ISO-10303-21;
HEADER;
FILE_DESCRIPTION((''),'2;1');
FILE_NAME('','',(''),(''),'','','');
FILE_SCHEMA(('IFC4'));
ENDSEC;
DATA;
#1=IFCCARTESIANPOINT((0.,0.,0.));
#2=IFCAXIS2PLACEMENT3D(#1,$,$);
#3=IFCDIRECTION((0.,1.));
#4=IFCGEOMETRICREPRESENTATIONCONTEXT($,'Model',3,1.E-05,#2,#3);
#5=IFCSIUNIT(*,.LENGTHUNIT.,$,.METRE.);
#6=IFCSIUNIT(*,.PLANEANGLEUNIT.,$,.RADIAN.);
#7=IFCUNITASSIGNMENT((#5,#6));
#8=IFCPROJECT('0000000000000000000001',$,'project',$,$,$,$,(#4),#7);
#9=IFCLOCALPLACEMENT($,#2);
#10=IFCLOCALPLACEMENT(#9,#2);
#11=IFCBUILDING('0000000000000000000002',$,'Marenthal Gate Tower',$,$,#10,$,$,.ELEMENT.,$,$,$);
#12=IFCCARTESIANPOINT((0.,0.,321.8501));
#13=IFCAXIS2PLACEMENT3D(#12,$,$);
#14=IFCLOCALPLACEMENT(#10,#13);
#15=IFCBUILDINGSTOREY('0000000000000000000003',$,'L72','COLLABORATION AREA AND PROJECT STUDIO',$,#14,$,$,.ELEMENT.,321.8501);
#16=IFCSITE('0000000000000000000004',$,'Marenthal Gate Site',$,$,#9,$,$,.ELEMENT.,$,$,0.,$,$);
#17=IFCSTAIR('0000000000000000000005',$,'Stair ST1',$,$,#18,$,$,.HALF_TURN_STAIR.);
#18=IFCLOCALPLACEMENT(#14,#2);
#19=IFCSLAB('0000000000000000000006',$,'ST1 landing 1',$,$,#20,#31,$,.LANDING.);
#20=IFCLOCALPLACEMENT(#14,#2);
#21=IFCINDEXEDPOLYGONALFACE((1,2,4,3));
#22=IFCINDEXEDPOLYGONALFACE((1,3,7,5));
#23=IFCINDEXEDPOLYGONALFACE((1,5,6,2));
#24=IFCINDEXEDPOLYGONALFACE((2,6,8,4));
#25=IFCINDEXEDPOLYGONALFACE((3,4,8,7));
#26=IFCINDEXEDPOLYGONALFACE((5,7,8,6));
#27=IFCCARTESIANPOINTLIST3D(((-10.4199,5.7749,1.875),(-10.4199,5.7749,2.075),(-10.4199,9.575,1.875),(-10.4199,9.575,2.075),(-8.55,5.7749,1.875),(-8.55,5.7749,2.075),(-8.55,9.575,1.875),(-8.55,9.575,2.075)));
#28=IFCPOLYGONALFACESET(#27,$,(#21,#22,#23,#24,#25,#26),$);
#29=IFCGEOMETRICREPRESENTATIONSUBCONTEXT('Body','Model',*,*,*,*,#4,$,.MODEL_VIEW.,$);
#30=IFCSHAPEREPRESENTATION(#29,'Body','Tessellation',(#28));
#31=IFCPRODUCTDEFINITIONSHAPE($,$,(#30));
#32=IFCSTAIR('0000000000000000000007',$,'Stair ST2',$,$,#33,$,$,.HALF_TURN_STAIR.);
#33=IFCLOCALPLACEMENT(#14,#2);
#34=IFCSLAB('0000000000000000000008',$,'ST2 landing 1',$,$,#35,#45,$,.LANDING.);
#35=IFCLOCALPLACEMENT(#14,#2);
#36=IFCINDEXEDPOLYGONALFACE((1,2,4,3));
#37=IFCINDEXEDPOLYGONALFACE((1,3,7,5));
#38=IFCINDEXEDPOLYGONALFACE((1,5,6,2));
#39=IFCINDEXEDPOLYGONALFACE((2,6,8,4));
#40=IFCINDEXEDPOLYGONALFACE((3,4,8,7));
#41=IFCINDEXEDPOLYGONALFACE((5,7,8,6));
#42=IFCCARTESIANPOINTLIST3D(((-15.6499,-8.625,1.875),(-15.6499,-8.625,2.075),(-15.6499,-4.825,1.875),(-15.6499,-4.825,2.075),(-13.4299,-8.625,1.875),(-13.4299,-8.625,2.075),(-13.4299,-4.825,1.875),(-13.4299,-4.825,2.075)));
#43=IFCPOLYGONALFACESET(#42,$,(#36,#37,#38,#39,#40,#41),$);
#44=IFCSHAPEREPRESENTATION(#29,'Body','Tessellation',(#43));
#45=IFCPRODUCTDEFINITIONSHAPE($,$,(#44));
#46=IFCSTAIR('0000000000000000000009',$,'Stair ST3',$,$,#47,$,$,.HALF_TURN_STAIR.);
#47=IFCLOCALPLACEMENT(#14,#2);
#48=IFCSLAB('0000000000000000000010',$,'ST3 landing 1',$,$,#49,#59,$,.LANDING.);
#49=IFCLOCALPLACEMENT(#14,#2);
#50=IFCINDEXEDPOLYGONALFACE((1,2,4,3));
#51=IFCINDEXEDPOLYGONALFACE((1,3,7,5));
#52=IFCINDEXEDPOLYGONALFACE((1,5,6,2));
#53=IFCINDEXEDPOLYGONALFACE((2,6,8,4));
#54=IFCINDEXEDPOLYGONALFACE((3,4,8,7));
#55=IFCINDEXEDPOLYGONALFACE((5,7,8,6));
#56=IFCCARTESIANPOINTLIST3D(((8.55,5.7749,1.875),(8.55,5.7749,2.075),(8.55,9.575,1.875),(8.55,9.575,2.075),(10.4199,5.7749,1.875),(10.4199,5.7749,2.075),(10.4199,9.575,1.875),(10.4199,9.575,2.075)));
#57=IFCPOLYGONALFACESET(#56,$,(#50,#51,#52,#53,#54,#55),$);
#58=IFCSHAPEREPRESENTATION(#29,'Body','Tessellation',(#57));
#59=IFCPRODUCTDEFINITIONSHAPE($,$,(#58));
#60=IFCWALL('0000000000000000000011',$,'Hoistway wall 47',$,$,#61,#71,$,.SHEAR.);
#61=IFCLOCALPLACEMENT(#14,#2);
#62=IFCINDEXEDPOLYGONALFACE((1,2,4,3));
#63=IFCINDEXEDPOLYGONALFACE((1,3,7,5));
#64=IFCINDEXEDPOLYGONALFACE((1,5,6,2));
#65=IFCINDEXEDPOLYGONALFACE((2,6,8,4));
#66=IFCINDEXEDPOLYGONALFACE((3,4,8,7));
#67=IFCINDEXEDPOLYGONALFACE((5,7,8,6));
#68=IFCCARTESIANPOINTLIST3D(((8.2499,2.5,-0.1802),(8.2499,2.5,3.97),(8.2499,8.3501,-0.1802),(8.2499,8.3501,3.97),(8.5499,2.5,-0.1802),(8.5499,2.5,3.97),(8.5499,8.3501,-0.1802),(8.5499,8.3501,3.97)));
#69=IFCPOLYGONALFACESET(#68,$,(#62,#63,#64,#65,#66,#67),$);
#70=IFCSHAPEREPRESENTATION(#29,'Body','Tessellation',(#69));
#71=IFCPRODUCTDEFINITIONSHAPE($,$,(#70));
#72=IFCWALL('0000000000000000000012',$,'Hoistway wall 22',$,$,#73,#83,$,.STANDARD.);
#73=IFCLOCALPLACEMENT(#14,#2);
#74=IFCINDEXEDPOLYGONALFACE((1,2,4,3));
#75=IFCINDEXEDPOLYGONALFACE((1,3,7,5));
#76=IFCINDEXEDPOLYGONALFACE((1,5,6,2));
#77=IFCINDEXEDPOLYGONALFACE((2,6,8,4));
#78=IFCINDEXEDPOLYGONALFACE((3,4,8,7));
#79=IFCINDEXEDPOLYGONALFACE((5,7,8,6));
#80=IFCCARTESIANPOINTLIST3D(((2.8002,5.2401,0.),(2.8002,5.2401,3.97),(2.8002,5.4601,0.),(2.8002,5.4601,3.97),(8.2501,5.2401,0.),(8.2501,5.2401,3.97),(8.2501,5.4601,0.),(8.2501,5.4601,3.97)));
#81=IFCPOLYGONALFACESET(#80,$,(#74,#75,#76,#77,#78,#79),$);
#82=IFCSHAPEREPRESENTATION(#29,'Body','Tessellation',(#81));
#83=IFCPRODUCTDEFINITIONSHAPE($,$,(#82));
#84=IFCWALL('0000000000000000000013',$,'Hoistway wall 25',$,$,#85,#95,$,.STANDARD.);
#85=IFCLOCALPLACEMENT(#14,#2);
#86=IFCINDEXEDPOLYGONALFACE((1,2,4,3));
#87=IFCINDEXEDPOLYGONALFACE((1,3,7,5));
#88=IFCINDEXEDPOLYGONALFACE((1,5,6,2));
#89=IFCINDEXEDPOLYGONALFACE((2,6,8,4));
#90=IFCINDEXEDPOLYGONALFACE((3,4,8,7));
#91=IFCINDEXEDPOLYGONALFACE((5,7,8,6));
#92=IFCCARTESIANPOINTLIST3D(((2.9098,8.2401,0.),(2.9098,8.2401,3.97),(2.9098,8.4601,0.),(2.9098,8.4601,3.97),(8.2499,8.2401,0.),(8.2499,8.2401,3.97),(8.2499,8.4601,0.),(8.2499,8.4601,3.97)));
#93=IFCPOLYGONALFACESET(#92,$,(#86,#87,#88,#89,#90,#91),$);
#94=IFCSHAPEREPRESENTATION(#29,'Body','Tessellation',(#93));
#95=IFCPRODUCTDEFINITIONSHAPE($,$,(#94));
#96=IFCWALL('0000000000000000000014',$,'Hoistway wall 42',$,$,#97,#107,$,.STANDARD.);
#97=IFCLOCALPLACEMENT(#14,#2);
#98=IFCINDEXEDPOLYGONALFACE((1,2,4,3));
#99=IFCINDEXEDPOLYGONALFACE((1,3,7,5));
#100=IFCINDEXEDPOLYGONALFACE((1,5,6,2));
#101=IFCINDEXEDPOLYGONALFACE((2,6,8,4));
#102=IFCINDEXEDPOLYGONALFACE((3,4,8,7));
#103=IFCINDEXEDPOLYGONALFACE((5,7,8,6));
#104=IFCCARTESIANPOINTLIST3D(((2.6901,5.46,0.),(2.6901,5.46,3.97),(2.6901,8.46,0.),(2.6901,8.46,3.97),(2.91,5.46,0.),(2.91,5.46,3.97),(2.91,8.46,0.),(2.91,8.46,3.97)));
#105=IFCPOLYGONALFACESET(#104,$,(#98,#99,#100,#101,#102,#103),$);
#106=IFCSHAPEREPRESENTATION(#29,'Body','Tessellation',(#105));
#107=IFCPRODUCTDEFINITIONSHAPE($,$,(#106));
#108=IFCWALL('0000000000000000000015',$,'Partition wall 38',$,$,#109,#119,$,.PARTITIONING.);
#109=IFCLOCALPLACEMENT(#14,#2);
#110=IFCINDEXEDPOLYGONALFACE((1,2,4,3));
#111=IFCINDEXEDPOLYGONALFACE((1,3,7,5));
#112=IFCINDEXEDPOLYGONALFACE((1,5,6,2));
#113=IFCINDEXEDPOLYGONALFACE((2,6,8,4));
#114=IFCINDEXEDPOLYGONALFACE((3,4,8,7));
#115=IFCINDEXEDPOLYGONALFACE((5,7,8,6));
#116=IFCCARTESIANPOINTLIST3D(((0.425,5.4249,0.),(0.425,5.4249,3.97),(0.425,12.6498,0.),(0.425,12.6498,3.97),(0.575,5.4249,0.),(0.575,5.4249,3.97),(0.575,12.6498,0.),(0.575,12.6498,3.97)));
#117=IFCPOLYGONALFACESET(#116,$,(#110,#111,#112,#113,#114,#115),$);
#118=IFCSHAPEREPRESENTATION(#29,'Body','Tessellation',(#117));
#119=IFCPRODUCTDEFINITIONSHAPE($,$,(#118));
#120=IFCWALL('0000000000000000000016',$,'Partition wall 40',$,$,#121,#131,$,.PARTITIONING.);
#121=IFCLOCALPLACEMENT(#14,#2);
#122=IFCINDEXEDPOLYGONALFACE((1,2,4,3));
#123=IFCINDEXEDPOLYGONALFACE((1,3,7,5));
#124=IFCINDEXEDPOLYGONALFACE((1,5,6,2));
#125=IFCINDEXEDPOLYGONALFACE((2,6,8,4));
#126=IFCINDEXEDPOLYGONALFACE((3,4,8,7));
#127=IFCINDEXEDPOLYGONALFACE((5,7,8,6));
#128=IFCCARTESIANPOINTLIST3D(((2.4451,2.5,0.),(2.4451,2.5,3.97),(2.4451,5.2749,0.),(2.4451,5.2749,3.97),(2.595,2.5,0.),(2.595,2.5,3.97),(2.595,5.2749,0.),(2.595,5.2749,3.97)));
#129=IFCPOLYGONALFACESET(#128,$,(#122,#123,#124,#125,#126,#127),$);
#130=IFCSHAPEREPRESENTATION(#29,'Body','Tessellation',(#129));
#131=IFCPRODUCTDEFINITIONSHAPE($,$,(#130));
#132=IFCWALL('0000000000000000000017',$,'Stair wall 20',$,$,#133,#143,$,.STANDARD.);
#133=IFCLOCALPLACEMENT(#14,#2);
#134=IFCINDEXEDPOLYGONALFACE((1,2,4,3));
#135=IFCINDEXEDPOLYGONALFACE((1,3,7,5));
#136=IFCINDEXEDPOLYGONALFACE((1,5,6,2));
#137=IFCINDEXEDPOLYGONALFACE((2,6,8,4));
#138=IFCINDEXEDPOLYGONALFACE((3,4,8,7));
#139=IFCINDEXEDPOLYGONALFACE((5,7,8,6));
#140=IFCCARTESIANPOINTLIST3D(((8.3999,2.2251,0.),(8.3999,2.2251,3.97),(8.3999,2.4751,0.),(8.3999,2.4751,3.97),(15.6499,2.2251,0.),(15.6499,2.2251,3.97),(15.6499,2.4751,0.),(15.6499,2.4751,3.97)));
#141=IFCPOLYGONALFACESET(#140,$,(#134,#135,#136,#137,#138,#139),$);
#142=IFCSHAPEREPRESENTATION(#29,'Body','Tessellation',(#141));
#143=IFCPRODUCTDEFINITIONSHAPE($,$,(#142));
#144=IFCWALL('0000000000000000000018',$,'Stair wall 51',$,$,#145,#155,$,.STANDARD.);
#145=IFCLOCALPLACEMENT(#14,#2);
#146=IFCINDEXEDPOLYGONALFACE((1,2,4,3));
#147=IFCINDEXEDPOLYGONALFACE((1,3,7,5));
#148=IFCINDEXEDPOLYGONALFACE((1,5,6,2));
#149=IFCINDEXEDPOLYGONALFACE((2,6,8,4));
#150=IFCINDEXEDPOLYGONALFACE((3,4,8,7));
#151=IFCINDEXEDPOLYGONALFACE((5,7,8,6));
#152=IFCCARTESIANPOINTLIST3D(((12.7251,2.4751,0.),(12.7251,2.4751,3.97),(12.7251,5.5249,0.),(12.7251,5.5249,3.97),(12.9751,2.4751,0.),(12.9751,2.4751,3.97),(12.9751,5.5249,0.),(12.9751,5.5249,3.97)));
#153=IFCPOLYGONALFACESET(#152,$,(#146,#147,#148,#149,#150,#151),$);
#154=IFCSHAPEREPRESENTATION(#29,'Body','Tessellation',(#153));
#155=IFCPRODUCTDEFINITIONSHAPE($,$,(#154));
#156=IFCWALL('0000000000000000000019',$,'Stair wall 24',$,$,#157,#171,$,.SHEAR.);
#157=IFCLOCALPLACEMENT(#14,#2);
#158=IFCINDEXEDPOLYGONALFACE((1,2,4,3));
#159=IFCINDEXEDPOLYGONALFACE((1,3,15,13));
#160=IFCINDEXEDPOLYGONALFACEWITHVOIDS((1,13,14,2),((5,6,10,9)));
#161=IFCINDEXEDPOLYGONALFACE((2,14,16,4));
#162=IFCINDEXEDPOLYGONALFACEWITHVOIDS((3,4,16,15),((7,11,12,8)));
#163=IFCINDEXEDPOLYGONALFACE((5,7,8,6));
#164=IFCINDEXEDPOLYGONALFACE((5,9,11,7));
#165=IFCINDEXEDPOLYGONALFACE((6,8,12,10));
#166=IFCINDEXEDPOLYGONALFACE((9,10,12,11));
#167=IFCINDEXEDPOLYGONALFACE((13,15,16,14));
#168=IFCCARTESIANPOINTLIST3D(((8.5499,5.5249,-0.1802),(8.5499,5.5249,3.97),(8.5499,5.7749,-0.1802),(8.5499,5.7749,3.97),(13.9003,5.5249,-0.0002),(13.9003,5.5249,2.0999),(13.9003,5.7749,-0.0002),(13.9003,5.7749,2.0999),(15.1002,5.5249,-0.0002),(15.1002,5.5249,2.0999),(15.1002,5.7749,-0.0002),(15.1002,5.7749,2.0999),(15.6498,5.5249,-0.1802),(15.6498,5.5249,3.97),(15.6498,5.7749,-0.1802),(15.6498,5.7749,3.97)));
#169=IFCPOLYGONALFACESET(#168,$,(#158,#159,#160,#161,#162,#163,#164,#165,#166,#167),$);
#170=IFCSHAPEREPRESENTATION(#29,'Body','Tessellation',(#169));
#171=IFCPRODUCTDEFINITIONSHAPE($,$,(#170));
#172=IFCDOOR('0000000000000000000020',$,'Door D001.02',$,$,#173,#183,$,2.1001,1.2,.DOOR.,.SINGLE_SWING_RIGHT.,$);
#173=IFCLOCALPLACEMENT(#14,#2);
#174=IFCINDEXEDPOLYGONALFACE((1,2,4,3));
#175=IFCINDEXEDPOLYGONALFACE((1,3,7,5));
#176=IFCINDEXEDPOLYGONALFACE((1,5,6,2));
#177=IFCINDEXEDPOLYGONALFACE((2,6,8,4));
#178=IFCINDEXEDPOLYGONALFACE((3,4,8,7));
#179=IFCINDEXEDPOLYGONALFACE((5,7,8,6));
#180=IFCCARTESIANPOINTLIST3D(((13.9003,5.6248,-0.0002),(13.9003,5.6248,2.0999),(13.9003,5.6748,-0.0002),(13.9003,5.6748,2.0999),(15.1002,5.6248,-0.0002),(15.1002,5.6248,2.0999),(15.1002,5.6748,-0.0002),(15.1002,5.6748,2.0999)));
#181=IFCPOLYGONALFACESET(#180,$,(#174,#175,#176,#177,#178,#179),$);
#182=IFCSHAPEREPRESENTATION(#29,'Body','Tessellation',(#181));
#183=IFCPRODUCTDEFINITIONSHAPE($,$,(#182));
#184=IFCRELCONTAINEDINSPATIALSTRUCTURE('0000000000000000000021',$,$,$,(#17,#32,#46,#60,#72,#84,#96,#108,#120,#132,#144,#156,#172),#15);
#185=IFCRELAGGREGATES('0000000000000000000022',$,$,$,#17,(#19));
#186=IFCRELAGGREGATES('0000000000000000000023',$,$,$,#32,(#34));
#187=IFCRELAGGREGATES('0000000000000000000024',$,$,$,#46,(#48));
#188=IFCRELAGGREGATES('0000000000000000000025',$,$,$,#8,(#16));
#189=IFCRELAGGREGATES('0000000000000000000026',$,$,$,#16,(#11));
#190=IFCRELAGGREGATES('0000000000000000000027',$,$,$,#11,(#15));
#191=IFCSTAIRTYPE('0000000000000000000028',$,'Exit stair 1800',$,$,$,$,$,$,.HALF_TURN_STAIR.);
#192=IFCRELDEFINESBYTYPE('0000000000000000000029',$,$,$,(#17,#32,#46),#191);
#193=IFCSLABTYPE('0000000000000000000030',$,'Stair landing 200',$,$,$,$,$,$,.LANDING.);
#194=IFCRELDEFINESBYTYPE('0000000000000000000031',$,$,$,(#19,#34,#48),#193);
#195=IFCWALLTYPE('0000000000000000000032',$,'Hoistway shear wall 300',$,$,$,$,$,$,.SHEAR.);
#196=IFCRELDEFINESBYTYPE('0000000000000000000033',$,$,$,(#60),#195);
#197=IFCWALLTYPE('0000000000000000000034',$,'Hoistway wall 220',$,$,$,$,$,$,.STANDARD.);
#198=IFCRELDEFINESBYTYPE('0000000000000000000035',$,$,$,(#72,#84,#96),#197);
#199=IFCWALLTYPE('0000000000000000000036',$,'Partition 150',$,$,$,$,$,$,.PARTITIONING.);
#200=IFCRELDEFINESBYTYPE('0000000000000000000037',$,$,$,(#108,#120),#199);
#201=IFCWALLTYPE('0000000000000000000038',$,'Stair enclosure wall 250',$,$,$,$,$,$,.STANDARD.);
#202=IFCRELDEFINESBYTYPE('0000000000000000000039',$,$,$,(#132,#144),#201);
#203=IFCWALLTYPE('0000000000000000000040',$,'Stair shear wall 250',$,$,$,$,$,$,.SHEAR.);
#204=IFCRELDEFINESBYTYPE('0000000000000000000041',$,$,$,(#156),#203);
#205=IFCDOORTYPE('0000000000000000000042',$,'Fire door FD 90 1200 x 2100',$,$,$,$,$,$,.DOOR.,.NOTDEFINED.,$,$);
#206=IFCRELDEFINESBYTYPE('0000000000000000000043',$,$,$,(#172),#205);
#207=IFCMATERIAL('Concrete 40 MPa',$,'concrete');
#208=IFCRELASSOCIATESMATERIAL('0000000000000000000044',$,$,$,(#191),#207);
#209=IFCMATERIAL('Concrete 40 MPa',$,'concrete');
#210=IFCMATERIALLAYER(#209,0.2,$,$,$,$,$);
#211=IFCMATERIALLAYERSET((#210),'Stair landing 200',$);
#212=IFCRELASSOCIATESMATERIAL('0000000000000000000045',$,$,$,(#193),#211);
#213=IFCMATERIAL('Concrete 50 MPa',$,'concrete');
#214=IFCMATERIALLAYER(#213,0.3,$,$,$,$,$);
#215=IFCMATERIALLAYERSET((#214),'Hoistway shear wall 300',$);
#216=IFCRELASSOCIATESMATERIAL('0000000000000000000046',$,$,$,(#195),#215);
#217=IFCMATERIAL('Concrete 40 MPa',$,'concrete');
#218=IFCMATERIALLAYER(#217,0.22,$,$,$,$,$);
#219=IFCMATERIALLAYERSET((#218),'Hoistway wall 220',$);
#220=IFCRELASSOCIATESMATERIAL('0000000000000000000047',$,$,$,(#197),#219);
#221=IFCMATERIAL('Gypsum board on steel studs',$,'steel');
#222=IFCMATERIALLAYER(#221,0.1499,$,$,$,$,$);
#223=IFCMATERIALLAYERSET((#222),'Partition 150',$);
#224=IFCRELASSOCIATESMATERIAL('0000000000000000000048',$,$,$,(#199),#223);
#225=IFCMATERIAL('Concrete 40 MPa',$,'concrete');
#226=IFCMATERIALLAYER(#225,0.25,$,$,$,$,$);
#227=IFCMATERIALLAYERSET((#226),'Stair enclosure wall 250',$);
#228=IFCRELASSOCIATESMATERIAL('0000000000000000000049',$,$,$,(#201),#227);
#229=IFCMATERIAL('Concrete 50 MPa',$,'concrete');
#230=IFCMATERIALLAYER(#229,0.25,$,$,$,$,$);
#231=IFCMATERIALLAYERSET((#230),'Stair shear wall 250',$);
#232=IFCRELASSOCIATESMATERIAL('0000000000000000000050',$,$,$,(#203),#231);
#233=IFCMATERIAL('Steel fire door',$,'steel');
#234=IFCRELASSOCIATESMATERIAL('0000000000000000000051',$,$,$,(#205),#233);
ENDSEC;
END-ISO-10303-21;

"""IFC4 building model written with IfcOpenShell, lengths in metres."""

from ifc_helpers import new_model, si_unit, direction, frame, frame_2d, origin, place, context, subcontext, project, spatial, polyline, rectangle, outline, extrude, material, layer, layer_set, type_object, element, fill, aggregate, save


model = new_model("IFC4")

# Units and contexts
model_context = context("Model", 3, precision=1e-05, world=origin(), true_north=direction((0.0, 1.0)))
body_context = subcontext(model_context, "Body", "Model", "MODEL_VIEW")
ifc_project = project(units=[si_unit("LENGTHUNIT", "METRE"), si_unit("PLANEANGLEUNIT", "RADIAN")], contexts=[model_context])

# Site, building, storey
site_placement = place(None, origin())
site = spatial("IfcSite", under=ifc_project, at=site_placement, Name="Marenthal Gate Site", CompositionType="ELEMENT", RefElevation=0.0)
building_placement = place(site_placement, origin())
building = spatial("IfcBuilding", under=site, at=building_placement, Name="Marenthal Gate Tower", CompositionType="ELEMENT")
storey_placement = place(building_placement, frame((0.0, 0.0, 321.8501)))
storey = spatial("IfcBuildingStorey", under=building, at=storey_placement, Name="L72", Description="COLLABORATION AREA AND PROJECT STUDIO", CompositionType="ELEMENT", Elevation=321.8501)

# Stairs, slabs
ifc_material_1 = material(Name="Concrete 40 MPa", Category="concrete")
stair_type = type_object("IfcStairType", Name="Exit stair 1800", PredefinedType="HALF_TURN_STAIR", material=ifc_material_1)
stair_1_placement = place(storey_placement, origin())
stair_1 = element("IfcStair", 1, at=stair_1_placement, inside=storey, type_object=stair_type, Name="Stair ST1", PredefinedType="HALF_TURN_STAIR")
ifc_material_2 = material(Name="Concrete 40 MPa", Category="concrete")
ifc_layer_1 = layer(ifc_material_2, 0.2)
ifc_layer_set_1 = layer_set([ifc_layer_1], Name="Stair landing 200")
slab_type = type_object("IfcSlabType", Name="Stair landing 200", PredefinedType="LANDING", material=ifc_layer_set_1)
slab_1_placement = place(storey_placement, frame((0.0, 0.0, 1.875)))
slab_1 = element("IfcSlab", 2, at=slab_1_placement, type_object=slab_type, Name="ST1 landing 1", PredefinedType="LANDING", context=body_context, shape_type="SweptSolid", body=[
    extrude(outline(polyline([(-10.4199, 5.7749), (-8.55, 5.7749), (-8.55, 9.575), (-10.4199, 9.575), (-10.4199, 5.7749)])), origin(), (0.0, 0.0, 1.0), 0.2),
])
aggregate(stair_1, [slab_1])
stair_2_placement = place(storey_placement, origin())
stair_2 = element("IfcStair", 3, at=stair_2_placement, inside=storey, type_object=stair_type, Name="Stair ST2", PredefinedType="HALF_TURN_STAIR")
slab_2_placement = place(storey_placement, frame((0.0, 0.0, 1.875)))
slab_2 = element("IfcSlab", 4, at=slab_2_placement, type_object=slab_type, Name="ST2 landing 1", PredefinedType="LANDING", context=body_context, shape_type="SweptSolid", body=[
    extrude(outline(polyline([(-15.6499, -8.625), (-13.4299, -8.625), (-13.4299, -4.825), (-15.6499, -4.825), (-15.6499, -8.625)])), origin(), (0.0, 0.0, 1.0), 0.2),
])
aggregate(stair_2, [slab_2])
stair_3_placement = place(storey_placement, origin())
stair_3 = element("IfcStair", 5, at=stair_3_placement, inside=storey, type_object=stair_type, Name="Stair ST3", PredefinedType="HALF_TURN_STAIR")
slab_3_placement = place(storey_placement, frame((0.0, 0.0, 1.875)))
slab_3 = element("IfcSlab", 6, at=slab_3_placement, type_object=slab_type, Name="ST3 landing 1", PredefinedType="LANDING", context=body_context, shape_type="SweptSolid", body=[
    extrude(outline(polyline([(8.55, 5.7749), (10.4199, 5.7749), (10.4199, 9.575), (8.55, 9.575), (8.55, 5.7749)])), origin(), (0.0, 0.0, 1.0), 0.2),
])

# Walls
ifc_material_3 = material(Name="Concrete 50 MPa", Category="concrete")
ifc_layer_2 = layer(ifc_material_3, 0.3)
ifc_layer_set_2 = layer_set([ifc_layer_2], Name="Hoistway shear wall 300")
wall_type_1 = type_object("IfcWallType", Name="Hoistway shear wall 300", PredefinedType="SHEAR", material=ifc_layer_set_2)
wall_1_placement = place(storey_placement, frame((8.3999, 2.5, -0.1802), z_axis=(0.0, 0.0, 1.0), x_axis=(0.0, 1.0, 0.0)))
element("IfcWall", 7, at=wall_1_placement, inside=storey, type_object=wall_type_1, Name="Hoistway wall 47", PredefinedType="SHEAR", context=body_context, shape_type="SweptSolid", body=[
    extrude(rectangle(XDim=5.8501, YDim=0.3, at=frame_2d((2.925, 0.0))), origin(), (0.0, 0.0, 1.0), 4.1501),
])
ifc_material_4 = material(Name="Concrete 40 MPa", Category="concrete")
ifc_layer_3 = layer(ifc_material_4, 0.22)
ifc_layer_set_3 = layer_set([ifc_layer_3], Name="Hoistway wall 220")
wall_type_2 = type_object("IfcWallType", Name="Hoistway wall 220", PredefinedType="STANDARD", material=ifc_layer_set_3)
wall_2_placement = place(storey_placement, frame((2.8, 5.3501, 0.0), z_axis=(0.0, 0.0, 1.0), x_axis=(1.0, 0.0, 0.0)))
element("IfcWall", 8, at=wall_2_placement, inside=storey, type_object=wall_type_2, Name="Hoistway wall 22", PredefinedType="STANDARD", context=body_context, shape_type="SweptSolid", body=[
    extrude(rectangle(XDim=5.45, YDim=0.22, at=frame_2d((2.7251, 0.0))), origin(), (0.0, 0.0, 1.0), 3.97),
])
wall_3_placement = place(storey_placement, frame((2.9099, 8.3501, 0.0), z_axis=(0.0, 0.0, 1.0), x_axis=(1.0, 0.0, 0.0)))
element("IfcWall", 9, at=wall_3_placement, inside=storey, type_object=wall_type_2, Name="Hoistway wall 25", PredefinedType="STANDARD", context=body_context, shape_type="SweptSolid", body=[
    extrude(rectangle(XDim=5.3401, YDim=0.22, at=frame_2d((2.6699, 0.0))), origin(), (0.0, 0.0, 1.0), 3.97),
])
wall_4_placement = place(storey_placement, frame((2.8, 5.46, 0.0), z_axis=(0.0, 0.0, 1.0), x_axis=(0.0, 1.0, 0.0)))
element("IfcWall", 10, at=wall_4_placement, inside=storey, type_object=wall_type_2, Name="Hoistway wall 42", PredefinedType="STANDARD", context=body_context, shape_type="SweptSolid", body=[
    extrude(rectangle(XDim=3.0, YDim=0.22, at=frame_2d((1.5, 0.0))), origin(), (0.0, 0.0, 1.0), 3.97),
])
ifc_material_5 = material(Name="Gypsum board on steel studs", Category="steel")
ifc_layer_4 = layer(ifc_material_5, 0.1499)
ifc_layer_set_4 = layer_set([ifc_layer_4], Name="Partition 150")
wall_type_3 = type_object("IfcWallType", Name="Partition 150", PredefinedType="PARTITIONING", material=ifc_layer_set_4)
wall_5_placement = place(storey_placement, frame((0.5, 5.425, 0.0), z_axis=(0.0, 0.0, 1.0), x_axis=(0.0, 1.0, 0.0)))
element("IfcWall", 11, at=wall_5_placement, inside=storey, type_object=wall_type_3, Name="Partition wall 38", PredefinedType="PARTITIONING", context=body_context, shape_type="SweptSolid", body=[
    extrude(rectangle(XDim=7.2249, YDim=0.1499, at=frame_2d((3.6123, 0.0))), origin(), (0.0, 0.0, 1.0), 3.97),
])
wall_6_placement = place(storey_placement, frame((2.52, 2.5, 0.0), z_axis=(0.0, 0.0, 1.0), x_axis=(0.0, 1.0, 0.0)))
element("IfcWall", 12, at=wall_6_placement, inside=storey, type_object=wall_type_3, Name="Partition wall 40", PredefinedType="PARTITIONING", context=body_context, shape_type="SweptSolid", body=[
    extrude(rectangle(XDim=2.7749, YDim=0.1499, at=frame_2d((1.3875, 0.0))), origin(), (0.0, 0.0, 1.0), 3.97),
])
ifc_material_6 = material(Name="Concrete 40 MPa", Category="concrete")
ifc_layer_5 = layer(ifc_material_6, 0.25)
ifc_layer_set_5 = layer_set([ifc_layer_5], Name="Stair enclosure wall 250")
wall_type_4 = type_object("IfcWallType", Name="Stair enclosure wall 250", PredefinedType="STANDARD", material=ifc_layer_set_5)
wall_7_placement = place(storey_placement, frame((8.3999, 2.3501, 0.0), z_axis=(0.0, 0.0, 1.0), x_axis=(1.0, 0.0, 0.0)))
element("IfcWall", 13, at=wall_7_placement, inside=storey, type_object=wall_type_4, Name="Stair wall 20", PredefinedType="STANDARD", context=body_context, shape_type="SweptSolid", body=[
    extrude(rectangle(XDim=7.25, YDim=0.25, at=frame_2d((3.625, 0.0))), origin(), (0.0, 0.0, 1.0), 3.97),
])
wall_8_placement = place(storey_placement, frame((12.8501, 2.4751, 0.0), z_axis=(0.0, 0.0, 1.0), x_axis=(0.0, 1.0, 0.0)))
element("IfcWall", 14, at=wall_8_placement, inside=storey, type_object=wall_type_4, Name="Stair wall 51", PredefinedType="STANDARD", context=body_context, shape_type="SweptSolid", body=[
    extrude(rectangle(XDim=3.0498, YDim=0.25, at=frame_2d((1.5249, 0.0))), origin(), (0.0, 0.0, 1.0), 3.97),
])

# Wall, opening, door
ifc_material_7 = material(Name="Concrete 50 MPa", Category="concrete")
ifc_layer_6 = layer(ifc_material_7, 0.25)
ifc_layer_set_6 = layer_set([ifc_layer_6], Name="Stair shear wall 250")
wall_type_5 = type_object("IfcWallType", Name="Stair shear wall 250", PredefinedType="SHEAR", material=ifc_layer_set_6)
wall_9_placement = place(storey_placement, frame((8.55, 5.6499, -0.1802), z_axis=(0.0, 0.0, 1.0), x_axis=(1.0, 0.0, 0.0)))
wall_9 = element("IfcWall", 15, at=wall_9_placement, inside=storey, type_object=wall_type_5, Name="Stair wall 24", PredefinedType="SHEAR", context=body_context, shape_type="SweptSolid", body=[
    extrude(rectangle(XDim=7.0999, YDim=0.25, at=frame_2d((3.5498, 0.0))), origin(), (0.0, 0.0, 1.0), 4.1501),
])
opening_placement = place(wall_9_placement, frame((5.3501, 0.0, 0.1799)))
opening = element("IfcOpeningElement", 16, at=opening_placement, cuts=wall_9, PredefinedType="OPENING", context=body_context, shape_type="SweptSolid", body=[
    extrude(rectangle(XDim=1.2, YDim=2.1001, at=frame_2d((0.6001, 1.05))), frame((0.0, 0.135, 0.0), z_axis=(0.0, -1.0, 0.0), x_axis=(1.0, 0.0, 0.0)), (0.0, 0.0, 1.0), 0.27),
])
ifc_material_8 = material(Name="Steel fire door", Category="steel")
door_type = type_object("IfcDoorType", Name="Fire door FD 90 1200 x 2100", OperationType="NOTDEFINED", PredefinedType="DOOR", material=ifc_material_8)
door_placement = place(opening_placement, origin())
door = element("IfcDoor", 17, at=door_placement, inside=storey, type_object=door_type, Name="Door D001.02", OperationType="SINGLE_SWING_RIGHT", OverallHeight=2.1001, OverallWidth=1.2, PredefinedType="DOOR", context=body_context, shape_type="SweptSolid", body=[
    extrude(rectangle(XDim=1.2, YDim=2.1001, at=frame_2d((0.6001, 1.05))), frame((0.0, 0.0249, 0.0), z_axis=(0.0, -1.0, 0.0), x_axis=(1.0, 0.0, 0.0)), (0.0, 0.0, 1.0), 0.05),
])
fill(opening, door)

aggregate(stair_3, [slab_3])

save(model, "model.ifc")
